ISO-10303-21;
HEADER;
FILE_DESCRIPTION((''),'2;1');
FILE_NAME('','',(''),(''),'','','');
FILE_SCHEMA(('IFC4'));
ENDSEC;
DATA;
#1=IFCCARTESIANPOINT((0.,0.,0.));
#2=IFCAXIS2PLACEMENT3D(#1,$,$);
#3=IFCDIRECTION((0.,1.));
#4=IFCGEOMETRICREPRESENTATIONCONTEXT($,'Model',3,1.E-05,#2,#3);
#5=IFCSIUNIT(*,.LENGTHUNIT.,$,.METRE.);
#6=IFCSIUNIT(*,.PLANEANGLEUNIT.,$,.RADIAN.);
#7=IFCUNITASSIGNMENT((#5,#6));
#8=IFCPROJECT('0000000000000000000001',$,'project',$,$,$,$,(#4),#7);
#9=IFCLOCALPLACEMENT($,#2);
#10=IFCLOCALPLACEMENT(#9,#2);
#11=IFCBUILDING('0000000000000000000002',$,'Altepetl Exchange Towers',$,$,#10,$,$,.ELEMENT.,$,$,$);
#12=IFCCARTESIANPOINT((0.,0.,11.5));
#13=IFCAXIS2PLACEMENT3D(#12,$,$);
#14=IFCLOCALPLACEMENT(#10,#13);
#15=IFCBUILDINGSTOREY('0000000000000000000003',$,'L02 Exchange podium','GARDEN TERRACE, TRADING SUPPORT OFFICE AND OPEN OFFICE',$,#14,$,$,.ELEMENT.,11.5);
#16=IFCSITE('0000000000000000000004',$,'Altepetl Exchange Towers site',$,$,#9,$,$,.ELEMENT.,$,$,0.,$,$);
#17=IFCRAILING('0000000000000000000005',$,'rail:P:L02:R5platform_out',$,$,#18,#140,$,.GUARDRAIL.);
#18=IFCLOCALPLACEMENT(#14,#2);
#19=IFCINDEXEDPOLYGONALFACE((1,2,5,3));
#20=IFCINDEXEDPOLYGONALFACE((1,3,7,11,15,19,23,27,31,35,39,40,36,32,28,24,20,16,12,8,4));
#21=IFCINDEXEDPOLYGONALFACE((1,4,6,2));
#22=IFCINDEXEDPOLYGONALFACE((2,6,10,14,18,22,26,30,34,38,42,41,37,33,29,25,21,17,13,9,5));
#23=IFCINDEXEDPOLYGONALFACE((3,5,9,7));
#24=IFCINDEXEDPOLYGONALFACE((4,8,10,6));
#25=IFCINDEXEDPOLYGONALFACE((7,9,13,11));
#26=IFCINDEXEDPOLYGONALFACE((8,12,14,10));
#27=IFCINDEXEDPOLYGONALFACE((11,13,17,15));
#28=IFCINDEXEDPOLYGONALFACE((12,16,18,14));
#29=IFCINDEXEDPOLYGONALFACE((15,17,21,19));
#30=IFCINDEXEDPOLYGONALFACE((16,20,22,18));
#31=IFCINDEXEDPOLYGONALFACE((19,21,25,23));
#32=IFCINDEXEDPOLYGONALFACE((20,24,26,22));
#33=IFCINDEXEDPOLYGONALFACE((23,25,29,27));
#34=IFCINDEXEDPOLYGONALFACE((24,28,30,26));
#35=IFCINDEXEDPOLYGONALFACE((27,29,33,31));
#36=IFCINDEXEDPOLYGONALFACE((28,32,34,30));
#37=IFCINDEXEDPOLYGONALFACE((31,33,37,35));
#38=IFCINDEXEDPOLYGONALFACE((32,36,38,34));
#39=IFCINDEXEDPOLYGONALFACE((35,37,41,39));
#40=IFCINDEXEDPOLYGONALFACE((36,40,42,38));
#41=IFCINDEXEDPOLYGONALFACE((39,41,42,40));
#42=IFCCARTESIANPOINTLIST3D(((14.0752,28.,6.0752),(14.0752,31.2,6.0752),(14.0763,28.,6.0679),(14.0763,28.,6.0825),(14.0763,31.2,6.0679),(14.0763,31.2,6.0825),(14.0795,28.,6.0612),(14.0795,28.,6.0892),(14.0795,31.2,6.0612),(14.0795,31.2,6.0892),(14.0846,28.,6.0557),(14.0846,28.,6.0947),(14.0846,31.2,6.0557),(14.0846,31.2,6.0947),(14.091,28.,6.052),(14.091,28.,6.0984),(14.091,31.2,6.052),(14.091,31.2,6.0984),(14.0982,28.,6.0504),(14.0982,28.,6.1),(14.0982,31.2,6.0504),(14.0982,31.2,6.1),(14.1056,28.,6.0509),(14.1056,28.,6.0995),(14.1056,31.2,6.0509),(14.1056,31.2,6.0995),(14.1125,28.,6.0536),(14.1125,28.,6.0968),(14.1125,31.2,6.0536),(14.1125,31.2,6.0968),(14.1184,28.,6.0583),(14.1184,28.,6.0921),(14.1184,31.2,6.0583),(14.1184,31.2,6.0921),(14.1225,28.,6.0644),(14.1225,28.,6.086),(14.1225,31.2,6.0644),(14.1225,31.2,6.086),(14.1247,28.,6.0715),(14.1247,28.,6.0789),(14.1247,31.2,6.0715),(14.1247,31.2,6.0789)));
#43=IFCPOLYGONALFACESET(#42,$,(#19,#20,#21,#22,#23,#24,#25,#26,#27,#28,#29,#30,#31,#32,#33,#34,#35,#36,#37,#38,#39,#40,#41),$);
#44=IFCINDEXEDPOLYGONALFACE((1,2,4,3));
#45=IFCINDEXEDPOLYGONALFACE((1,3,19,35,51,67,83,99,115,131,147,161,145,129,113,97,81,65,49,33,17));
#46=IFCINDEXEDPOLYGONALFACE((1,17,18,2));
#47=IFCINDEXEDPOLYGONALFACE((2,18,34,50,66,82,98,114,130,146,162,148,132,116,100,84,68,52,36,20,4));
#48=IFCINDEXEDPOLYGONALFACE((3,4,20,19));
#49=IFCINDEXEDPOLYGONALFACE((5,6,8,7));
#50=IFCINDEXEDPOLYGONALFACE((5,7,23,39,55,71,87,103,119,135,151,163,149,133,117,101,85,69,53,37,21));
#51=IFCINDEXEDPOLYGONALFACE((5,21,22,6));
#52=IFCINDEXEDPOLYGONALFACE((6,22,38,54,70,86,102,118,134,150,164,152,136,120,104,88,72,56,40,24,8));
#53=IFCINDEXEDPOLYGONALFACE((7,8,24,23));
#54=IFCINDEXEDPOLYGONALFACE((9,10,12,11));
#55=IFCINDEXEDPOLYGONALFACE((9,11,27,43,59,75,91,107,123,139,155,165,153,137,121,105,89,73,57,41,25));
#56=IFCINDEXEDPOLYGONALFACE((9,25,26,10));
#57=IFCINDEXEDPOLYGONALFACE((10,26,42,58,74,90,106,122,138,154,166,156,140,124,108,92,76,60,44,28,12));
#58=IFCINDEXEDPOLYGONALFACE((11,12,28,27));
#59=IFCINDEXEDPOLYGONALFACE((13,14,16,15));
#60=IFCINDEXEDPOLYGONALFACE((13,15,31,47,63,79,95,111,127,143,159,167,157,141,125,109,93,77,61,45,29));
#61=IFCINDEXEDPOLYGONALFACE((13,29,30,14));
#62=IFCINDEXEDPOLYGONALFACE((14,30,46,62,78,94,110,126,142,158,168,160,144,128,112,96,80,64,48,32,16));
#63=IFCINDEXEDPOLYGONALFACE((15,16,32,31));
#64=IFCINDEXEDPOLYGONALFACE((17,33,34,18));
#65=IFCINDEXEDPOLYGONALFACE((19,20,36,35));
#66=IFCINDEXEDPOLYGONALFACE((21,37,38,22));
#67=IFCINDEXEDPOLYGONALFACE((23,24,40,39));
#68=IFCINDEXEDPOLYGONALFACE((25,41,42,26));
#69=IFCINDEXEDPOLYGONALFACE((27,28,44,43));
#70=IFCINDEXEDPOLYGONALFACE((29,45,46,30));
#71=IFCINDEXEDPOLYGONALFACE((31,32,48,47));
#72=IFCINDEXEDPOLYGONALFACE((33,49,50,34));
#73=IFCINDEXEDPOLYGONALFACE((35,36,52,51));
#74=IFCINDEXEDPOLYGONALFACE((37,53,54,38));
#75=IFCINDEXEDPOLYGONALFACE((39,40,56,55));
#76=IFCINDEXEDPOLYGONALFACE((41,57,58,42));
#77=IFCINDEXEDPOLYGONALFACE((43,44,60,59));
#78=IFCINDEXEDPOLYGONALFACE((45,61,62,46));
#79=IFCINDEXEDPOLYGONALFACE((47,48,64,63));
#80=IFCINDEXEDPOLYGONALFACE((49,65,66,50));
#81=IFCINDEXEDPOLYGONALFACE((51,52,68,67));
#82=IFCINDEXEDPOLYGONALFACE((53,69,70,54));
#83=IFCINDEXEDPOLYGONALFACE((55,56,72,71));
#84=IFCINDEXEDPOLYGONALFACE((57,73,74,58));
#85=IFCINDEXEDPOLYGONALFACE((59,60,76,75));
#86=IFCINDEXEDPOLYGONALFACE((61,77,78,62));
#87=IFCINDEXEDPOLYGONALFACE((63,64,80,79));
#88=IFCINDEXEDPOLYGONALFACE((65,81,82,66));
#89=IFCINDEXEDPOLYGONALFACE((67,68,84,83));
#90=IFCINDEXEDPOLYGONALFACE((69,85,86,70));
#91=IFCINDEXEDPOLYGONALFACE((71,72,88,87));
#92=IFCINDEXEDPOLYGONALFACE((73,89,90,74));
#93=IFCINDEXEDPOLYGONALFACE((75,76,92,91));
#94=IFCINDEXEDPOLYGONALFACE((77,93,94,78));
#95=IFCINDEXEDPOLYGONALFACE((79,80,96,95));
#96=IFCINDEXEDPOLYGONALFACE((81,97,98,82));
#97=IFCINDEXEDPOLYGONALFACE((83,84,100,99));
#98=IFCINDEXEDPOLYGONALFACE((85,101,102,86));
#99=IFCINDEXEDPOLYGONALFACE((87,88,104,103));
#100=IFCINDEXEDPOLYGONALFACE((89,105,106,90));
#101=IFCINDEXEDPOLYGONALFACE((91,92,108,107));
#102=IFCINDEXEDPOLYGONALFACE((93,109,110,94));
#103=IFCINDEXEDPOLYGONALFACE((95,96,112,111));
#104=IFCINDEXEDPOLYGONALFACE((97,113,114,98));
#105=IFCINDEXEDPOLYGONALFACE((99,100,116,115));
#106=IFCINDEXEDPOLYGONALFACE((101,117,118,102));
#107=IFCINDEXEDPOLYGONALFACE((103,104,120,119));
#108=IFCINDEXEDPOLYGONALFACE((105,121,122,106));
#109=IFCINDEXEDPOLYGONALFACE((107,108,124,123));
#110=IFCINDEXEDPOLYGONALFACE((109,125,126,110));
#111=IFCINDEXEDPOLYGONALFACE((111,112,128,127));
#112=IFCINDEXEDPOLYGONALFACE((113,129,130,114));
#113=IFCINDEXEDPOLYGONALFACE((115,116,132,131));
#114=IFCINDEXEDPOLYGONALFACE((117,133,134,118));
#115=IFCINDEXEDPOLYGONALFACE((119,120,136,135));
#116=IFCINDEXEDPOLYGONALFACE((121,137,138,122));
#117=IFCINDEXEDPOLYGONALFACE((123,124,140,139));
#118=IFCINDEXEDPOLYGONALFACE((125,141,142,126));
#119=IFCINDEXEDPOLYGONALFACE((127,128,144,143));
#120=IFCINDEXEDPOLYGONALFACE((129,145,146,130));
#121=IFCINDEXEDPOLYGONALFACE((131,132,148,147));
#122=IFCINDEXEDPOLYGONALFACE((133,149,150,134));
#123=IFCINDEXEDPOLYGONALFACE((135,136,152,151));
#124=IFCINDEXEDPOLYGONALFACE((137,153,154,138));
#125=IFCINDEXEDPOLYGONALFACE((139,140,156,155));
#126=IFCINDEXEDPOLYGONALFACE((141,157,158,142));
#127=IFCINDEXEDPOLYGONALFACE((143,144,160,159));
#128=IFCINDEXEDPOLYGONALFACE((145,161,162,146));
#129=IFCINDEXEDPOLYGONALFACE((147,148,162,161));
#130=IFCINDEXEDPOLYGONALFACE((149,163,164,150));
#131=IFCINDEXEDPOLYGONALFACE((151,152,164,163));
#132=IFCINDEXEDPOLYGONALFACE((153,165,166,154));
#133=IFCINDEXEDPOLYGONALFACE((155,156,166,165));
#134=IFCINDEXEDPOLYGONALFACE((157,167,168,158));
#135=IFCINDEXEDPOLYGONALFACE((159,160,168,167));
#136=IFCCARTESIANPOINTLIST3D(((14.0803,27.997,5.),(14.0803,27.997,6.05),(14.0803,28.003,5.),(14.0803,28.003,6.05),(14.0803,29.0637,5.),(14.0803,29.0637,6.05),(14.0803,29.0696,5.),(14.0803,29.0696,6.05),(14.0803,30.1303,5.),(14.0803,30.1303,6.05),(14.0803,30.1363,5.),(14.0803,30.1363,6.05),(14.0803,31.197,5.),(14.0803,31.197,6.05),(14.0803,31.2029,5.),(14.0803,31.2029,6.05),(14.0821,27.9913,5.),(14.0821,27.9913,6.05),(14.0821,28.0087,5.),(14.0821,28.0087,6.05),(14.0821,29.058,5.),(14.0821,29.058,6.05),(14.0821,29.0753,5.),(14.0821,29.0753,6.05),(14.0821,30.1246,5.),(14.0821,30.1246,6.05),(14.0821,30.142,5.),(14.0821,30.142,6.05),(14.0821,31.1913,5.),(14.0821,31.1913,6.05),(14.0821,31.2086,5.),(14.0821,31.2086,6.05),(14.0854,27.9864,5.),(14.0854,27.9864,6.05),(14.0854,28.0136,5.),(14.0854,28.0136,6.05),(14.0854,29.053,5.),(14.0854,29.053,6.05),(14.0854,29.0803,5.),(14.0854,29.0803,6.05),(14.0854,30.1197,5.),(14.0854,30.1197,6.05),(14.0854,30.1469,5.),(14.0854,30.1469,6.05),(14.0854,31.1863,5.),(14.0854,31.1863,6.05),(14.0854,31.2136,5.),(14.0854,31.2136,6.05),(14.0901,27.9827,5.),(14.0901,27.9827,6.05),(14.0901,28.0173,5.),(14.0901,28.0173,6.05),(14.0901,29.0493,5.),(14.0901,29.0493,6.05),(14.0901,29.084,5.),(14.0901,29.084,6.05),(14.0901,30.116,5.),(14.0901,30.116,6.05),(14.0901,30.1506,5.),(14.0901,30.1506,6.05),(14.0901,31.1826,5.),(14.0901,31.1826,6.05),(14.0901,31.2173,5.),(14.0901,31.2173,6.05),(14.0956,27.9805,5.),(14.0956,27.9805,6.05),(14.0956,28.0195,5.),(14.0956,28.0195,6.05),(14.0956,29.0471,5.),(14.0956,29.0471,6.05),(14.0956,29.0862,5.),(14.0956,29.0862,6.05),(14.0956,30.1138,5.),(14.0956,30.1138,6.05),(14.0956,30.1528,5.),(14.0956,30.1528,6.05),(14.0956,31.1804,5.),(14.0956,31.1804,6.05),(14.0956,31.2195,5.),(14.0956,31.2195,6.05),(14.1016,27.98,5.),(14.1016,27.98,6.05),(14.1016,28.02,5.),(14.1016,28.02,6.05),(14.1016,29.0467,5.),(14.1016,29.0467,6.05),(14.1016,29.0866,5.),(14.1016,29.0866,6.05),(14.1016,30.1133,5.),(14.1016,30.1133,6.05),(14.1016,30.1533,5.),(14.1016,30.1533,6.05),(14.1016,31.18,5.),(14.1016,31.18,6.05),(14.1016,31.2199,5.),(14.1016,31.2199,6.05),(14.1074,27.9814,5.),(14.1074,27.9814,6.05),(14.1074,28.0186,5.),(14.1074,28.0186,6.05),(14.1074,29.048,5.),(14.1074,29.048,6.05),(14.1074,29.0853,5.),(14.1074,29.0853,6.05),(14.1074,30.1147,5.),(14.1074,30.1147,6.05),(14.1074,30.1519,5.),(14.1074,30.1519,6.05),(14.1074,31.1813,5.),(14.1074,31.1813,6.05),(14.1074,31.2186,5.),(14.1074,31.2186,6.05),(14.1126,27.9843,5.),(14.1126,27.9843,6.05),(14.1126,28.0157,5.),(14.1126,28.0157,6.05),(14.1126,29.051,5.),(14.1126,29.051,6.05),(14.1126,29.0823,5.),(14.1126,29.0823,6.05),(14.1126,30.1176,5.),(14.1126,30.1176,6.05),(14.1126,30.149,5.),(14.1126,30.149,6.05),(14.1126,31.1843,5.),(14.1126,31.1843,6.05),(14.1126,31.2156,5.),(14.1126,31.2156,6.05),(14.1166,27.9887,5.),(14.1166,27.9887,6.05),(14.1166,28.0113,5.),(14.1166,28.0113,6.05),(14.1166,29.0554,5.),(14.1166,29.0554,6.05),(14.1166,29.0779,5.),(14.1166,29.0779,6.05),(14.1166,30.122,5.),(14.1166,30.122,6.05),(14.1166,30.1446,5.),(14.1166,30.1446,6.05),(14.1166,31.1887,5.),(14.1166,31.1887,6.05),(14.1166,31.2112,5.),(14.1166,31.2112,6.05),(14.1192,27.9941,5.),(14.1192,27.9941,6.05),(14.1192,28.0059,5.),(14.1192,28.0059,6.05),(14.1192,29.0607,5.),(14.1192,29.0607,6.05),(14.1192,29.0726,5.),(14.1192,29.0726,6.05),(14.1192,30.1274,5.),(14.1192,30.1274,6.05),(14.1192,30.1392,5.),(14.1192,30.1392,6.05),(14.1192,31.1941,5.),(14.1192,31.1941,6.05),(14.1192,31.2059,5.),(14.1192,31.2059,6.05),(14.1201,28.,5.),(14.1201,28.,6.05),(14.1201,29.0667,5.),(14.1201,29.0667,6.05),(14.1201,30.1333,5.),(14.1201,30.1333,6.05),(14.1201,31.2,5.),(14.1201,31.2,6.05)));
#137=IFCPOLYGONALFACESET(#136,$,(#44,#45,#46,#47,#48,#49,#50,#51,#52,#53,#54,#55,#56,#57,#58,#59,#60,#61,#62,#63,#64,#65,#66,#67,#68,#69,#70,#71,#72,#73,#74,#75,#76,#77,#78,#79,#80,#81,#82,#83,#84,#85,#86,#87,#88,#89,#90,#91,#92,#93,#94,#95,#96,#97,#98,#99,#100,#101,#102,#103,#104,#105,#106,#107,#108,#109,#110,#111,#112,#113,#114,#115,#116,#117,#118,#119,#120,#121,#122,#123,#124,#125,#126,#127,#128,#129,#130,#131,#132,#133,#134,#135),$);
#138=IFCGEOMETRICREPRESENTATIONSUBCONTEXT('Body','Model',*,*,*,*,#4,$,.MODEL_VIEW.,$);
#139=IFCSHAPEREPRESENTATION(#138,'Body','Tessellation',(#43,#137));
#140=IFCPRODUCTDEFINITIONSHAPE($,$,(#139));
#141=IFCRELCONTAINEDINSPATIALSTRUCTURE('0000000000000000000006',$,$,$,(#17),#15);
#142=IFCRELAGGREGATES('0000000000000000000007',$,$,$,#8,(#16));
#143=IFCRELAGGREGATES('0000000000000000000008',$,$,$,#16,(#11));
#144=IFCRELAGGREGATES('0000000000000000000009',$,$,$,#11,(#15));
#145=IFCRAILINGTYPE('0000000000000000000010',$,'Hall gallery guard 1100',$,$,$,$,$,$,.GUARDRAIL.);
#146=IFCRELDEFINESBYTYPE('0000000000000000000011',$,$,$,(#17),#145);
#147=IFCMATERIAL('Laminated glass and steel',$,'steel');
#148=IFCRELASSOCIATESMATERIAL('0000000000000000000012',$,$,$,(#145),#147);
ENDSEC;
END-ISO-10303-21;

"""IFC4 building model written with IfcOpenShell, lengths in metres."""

from ifc_helpers import new_model, si_unit, direction, frame, origin, origin_2d, place, context, subcontext, project, spatial, circle, extrude, source, transform, mapped, material, type_object, element, save


model = new_model("IFC4")

# Units and contexts
model_context = context("Model", 3, precision=1e-05, world=origin(), true_north=direction((0.0, 1.0)))
body_context = subcontext(model_context, "Body", "Model", "MODEL_VIEW")
ifc_project = project(units=[si_unit("LENGTHUNIT", "METRE"), si_unit("PLANEANGLEUNIT", "RADIAN")], contexts=[model_context])

# Site, building, storey
site_placement = place(None, origin())
site = spatial("IfcSite", under=ifc_project, at=site_placement, Name="Altepetl Exchange Towers site", CompositionType="ELEMENT", RefElevation=0.0)
building_placement = place(site_placement, origin())
building = spatial("IfcBuilding", under=site, at=building_placement, Name="Altepetl Exchange Towers", CompositionType="ELEMENT")
storey_placement = place(building_placement, frame((0.0, 0.0, 11.5)))
storey = spatial("IfcBuildingStorey", under=building, at=storey_placement, Name="L02 Exchange podium", Description="GARDEN TERRACE, TRADING SUPPORT OFFICE AND OPEN OFFICE", CompositionType="ELEMENT", Elevation=11.5)

# Railing
ifc_material_1 = material(Name="Laminated glass and steel", Category="steel")
railing_type_1 = type_object("IfcRailingType", Name="Hall gallery guard 1100", PredefinedType="GUARDRAIL", material=ifc_material_1)
shared_shape_1 = source(origin(), body_context, "Body", "SweptSolid", [
    extrude(circle(Radius=0.02, at=origin_2d()), origin(), (0.0, 0.0, 1.0), 1.05),
])
railing_1_placement = place(storey_placement, frame((14.1001, 28.0, 5.0)))
element("IfcRailing", 1, at=railing_1_placement, inside=storey, type_object=railing_type_1, Name="rail:P:L02:R5platform_out", PredefinedType="GUARDRAIL", context=body_context, shape_type="SweptSolid", body=[
    extrude(circle(Radius=0.0249, at=origin_2d()), frame((0.0, 0.0, 1.0752), z_axis=(0.0, 1.0, 0.0), x_axis=(-1.0, 0.0, 0.0)), (0.0, 0.0, 1.0), 3.2),
    mapped(shared_shape_1, transform((0.0, 0.0, 0.0))),
    mapped(shared_shape_1, transform((0.0, 1.0667, 0.0))),
    mapped(shared_shape_1, transform((0.0, 2.1333, 0.0))),
    mapped(shared_shape_1, transform((0.0, 3.2, 0.0))),
])

save(model, "model.ifc")
